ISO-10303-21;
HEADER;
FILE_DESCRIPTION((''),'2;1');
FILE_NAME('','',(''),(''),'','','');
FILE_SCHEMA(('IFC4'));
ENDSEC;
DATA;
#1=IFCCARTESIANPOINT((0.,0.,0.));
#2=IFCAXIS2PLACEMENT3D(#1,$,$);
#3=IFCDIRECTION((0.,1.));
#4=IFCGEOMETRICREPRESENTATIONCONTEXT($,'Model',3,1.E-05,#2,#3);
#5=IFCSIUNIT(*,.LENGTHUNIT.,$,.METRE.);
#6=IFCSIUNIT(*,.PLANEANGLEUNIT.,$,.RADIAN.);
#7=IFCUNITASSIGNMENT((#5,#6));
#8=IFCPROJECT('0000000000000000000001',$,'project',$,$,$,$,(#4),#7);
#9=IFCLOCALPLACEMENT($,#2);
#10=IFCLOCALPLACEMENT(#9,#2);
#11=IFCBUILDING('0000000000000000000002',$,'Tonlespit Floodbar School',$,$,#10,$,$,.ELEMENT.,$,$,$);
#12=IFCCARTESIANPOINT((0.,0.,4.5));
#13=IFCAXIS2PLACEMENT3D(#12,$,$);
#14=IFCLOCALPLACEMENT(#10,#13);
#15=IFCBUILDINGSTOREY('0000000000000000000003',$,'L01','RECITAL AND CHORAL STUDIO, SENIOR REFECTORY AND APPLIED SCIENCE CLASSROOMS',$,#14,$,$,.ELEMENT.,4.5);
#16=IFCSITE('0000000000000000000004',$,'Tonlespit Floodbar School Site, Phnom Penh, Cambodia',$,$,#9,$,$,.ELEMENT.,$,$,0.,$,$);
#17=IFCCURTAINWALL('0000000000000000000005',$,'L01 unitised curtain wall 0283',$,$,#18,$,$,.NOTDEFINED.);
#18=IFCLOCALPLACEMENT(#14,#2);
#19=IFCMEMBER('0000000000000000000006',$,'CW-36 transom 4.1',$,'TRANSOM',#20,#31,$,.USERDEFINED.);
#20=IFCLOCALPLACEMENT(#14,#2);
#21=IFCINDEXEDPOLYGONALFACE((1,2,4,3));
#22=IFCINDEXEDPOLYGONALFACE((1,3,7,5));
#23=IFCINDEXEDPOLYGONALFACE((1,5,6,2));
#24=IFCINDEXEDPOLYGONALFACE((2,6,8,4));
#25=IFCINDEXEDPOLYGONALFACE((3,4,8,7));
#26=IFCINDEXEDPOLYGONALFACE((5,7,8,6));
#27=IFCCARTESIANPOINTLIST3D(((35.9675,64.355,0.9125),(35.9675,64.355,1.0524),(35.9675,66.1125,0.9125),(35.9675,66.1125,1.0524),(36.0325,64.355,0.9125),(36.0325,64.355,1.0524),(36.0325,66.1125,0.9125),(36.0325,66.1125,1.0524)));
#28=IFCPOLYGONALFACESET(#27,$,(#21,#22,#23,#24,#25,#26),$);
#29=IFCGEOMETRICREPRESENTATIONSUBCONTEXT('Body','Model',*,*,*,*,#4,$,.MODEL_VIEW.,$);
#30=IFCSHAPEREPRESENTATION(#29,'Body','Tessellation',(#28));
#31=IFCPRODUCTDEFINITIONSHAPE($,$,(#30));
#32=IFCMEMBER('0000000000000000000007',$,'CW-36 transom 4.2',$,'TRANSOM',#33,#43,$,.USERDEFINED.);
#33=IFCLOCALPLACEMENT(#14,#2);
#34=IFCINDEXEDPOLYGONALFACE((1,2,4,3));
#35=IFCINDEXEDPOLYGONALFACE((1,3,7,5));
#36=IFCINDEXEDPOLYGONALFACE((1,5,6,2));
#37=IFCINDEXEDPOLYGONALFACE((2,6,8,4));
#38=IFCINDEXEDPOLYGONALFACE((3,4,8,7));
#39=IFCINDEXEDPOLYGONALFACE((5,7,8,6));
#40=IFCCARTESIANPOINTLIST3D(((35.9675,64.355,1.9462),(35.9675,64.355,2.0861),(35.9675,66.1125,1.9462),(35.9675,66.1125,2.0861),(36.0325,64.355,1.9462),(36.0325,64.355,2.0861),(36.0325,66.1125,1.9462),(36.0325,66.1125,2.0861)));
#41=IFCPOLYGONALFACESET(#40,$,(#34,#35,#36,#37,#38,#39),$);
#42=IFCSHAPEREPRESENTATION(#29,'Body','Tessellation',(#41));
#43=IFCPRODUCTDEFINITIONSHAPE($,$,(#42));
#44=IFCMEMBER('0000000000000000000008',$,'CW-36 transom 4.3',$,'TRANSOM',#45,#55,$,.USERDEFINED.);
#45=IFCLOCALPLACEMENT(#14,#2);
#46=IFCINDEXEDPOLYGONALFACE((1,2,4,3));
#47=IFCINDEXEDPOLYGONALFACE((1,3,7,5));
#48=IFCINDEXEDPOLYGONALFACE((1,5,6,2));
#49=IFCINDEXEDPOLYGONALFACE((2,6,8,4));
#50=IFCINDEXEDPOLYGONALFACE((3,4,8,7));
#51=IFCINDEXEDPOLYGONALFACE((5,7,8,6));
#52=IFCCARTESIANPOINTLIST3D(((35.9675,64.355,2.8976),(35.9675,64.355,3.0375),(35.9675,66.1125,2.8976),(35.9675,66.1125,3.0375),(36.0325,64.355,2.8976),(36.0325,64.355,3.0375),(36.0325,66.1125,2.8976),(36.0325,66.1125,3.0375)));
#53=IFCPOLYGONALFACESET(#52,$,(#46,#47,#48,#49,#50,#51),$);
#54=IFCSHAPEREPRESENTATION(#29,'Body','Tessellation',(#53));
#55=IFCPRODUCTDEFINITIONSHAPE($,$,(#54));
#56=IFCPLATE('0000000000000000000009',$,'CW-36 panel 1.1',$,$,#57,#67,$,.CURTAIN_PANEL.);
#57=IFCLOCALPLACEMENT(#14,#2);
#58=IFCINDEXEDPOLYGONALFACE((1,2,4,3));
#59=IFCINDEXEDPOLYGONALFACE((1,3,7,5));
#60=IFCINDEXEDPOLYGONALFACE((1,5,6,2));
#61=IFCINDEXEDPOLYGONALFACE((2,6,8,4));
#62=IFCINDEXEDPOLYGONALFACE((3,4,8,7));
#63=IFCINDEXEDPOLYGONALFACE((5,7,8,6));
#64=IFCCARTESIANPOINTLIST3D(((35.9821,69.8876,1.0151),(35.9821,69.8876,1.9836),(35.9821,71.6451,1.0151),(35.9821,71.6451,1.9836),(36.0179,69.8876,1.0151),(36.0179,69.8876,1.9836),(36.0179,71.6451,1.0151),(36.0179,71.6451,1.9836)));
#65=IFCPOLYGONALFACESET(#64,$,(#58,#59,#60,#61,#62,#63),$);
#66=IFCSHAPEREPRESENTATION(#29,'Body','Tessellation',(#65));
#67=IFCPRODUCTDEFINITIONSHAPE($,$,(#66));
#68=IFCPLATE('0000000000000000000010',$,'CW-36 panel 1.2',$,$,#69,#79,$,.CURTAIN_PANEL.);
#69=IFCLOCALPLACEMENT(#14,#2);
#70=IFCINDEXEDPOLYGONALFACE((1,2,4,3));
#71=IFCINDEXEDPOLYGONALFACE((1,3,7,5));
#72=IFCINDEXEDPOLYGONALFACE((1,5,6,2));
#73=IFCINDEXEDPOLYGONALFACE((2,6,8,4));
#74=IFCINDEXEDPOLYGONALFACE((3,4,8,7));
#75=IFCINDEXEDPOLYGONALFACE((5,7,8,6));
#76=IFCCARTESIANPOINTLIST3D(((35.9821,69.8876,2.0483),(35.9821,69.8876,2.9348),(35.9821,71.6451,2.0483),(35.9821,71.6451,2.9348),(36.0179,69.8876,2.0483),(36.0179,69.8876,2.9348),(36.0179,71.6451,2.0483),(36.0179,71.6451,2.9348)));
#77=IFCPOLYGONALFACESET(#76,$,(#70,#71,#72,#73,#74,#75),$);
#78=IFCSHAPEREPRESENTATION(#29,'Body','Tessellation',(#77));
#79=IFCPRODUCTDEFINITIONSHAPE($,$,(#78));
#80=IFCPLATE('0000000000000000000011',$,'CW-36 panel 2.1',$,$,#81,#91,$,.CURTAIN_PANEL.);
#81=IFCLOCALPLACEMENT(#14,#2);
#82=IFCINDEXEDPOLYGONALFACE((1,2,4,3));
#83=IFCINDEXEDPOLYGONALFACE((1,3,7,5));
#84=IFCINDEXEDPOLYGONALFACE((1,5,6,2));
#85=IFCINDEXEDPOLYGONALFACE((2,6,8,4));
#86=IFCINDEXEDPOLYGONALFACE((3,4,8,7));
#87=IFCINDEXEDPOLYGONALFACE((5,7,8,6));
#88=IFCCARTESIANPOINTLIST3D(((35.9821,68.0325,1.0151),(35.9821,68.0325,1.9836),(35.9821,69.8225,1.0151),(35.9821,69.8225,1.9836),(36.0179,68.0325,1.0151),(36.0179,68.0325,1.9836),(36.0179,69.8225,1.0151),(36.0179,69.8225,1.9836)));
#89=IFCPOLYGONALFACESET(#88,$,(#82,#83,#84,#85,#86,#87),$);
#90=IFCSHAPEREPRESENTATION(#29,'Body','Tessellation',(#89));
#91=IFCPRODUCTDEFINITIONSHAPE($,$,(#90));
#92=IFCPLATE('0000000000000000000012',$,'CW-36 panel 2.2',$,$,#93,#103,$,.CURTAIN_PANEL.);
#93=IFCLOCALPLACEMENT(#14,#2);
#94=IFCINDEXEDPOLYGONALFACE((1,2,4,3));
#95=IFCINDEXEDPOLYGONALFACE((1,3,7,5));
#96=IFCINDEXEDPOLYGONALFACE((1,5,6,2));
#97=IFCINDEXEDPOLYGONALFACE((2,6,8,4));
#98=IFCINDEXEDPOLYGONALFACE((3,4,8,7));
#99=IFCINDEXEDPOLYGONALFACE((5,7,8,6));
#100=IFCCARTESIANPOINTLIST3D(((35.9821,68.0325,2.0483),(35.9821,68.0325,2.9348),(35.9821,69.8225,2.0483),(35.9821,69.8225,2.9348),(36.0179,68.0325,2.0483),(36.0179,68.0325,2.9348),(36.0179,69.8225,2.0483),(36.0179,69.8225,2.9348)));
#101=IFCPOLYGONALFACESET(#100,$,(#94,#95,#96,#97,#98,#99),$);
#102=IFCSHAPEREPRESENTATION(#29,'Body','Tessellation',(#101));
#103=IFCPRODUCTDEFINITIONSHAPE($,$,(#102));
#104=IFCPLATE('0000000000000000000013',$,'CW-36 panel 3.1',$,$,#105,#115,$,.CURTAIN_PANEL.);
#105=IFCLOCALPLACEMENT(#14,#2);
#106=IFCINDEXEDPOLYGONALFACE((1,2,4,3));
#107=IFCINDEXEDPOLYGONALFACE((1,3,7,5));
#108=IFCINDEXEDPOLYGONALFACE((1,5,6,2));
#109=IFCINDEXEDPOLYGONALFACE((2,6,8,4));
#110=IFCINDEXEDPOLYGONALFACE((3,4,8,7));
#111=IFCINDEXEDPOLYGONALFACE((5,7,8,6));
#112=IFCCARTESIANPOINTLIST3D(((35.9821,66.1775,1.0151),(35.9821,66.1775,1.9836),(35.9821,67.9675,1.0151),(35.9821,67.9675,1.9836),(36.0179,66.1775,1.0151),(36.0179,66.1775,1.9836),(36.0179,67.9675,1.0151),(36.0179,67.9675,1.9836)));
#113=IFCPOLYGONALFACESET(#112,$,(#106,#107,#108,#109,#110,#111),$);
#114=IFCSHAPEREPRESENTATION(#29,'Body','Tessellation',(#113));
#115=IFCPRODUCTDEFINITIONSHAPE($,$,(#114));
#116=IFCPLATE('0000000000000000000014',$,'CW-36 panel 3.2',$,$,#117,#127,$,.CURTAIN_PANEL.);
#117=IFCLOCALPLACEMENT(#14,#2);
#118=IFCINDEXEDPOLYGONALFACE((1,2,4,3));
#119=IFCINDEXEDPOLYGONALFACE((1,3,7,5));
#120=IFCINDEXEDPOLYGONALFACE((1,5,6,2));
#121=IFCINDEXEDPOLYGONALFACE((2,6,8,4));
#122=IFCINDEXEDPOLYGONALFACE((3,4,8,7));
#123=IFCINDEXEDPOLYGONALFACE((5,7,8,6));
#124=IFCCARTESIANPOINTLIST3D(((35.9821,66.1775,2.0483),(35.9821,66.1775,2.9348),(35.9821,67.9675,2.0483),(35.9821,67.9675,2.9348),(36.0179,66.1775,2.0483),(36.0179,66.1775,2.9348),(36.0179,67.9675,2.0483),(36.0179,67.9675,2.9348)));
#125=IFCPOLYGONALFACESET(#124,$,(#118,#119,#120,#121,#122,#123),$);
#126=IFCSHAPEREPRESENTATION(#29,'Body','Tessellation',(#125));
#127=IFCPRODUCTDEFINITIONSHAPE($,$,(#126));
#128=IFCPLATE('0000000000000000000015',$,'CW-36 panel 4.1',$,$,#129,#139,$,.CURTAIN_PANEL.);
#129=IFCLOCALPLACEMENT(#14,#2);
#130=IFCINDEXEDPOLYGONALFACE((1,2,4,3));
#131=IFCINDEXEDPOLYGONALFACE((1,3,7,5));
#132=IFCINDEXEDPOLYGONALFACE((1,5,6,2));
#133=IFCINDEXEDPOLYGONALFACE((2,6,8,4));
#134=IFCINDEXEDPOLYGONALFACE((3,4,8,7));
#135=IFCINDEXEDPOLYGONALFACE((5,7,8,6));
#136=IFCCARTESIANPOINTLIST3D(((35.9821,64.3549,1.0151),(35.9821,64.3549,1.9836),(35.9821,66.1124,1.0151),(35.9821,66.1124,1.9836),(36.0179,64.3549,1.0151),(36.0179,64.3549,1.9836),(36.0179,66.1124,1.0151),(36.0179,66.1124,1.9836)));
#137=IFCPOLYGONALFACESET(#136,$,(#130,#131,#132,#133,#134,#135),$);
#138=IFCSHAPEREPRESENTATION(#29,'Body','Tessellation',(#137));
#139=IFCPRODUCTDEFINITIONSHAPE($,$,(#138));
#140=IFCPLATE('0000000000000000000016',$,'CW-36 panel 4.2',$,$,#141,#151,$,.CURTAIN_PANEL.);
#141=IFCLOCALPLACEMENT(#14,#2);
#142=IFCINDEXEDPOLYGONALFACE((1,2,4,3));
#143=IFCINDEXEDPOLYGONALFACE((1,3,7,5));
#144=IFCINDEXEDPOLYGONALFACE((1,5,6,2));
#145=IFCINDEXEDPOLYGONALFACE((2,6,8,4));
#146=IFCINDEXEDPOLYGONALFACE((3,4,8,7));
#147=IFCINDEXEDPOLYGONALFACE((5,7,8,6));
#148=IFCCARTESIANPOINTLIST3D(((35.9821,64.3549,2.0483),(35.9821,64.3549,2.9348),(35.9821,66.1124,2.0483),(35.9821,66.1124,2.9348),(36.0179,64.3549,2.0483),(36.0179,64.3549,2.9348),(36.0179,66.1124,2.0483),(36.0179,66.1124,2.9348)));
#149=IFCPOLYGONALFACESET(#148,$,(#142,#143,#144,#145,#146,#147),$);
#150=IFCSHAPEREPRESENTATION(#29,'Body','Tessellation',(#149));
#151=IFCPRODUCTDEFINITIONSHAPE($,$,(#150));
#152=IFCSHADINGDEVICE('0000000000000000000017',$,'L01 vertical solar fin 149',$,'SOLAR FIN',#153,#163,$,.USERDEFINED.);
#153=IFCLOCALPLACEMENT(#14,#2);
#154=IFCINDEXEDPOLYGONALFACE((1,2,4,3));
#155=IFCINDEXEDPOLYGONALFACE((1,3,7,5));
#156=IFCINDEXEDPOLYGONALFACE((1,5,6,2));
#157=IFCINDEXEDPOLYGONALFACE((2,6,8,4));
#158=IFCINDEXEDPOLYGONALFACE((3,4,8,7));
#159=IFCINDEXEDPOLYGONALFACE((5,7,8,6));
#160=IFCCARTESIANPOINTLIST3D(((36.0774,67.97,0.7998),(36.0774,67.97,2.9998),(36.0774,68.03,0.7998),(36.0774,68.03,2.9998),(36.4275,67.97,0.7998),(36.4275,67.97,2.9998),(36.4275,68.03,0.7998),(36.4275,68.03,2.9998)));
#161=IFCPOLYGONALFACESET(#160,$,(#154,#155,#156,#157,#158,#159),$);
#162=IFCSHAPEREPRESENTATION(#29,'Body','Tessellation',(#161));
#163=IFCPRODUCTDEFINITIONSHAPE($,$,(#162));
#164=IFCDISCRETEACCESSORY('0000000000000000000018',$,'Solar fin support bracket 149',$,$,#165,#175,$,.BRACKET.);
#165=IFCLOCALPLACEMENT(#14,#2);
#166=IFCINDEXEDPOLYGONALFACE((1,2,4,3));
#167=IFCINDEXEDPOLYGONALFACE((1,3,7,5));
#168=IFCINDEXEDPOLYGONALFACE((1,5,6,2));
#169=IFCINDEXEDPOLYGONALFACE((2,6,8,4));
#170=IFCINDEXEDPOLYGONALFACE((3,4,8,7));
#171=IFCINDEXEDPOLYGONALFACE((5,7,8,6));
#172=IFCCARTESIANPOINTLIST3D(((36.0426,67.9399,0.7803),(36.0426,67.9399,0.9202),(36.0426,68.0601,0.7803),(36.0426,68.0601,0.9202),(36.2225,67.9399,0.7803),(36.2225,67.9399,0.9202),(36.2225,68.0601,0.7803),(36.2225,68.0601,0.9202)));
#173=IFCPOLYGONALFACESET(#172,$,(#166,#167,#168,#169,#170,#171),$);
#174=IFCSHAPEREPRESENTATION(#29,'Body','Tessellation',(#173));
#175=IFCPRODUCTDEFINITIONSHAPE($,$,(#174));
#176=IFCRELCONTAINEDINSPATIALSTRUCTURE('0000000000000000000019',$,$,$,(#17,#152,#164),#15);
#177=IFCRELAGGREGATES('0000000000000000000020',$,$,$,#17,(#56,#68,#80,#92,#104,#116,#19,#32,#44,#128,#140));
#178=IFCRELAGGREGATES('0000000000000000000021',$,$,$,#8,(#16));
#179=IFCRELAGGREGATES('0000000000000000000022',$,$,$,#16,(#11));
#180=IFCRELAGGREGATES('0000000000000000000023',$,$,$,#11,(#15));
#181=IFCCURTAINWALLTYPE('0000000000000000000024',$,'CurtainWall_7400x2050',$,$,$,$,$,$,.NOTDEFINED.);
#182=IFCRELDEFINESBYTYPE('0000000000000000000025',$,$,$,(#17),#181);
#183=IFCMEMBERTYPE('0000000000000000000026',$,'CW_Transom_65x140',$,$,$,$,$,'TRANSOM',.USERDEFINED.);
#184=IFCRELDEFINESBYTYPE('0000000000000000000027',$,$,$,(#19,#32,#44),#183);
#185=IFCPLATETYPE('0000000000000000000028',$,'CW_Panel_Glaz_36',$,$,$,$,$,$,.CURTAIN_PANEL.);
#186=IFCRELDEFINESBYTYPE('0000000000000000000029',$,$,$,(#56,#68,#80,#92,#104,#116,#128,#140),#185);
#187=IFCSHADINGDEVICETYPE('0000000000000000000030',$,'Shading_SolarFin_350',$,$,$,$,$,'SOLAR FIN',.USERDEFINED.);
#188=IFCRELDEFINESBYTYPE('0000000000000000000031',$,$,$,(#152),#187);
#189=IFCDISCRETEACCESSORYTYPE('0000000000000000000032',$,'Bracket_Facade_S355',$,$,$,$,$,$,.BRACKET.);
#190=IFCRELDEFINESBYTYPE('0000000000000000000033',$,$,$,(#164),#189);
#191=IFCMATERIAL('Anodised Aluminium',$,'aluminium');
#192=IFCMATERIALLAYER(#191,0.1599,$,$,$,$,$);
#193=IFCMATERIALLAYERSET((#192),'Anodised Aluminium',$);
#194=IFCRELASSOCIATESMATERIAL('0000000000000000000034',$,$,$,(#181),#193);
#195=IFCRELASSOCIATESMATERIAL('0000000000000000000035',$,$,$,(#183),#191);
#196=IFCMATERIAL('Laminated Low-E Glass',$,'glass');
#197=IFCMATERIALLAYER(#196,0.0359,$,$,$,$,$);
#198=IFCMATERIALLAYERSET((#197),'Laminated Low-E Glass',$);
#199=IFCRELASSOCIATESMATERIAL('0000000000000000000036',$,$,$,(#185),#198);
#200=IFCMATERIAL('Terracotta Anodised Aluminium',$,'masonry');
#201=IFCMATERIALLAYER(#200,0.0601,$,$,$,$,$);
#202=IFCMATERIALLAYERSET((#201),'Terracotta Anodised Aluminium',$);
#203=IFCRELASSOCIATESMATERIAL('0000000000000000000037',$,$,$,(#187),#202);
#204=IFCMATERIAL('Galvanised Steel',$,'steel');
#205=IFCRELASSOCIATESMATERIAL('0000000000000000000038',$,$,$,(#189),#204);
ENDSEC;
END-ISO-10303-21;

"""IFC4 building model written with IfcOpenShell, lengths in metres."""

from ifc_helpers import new_model, si_unit, direction, frame, origin, origin_2d, place, context, subcontext, project, spatial, rectangle, extrude, material, layer, layer_set, material_profile, profile_set, type_object, element, aggregate, save


model = new_model("IFC4")

# Units and contexts
model_context = context("Model", 3, precision=1e-05, world=origin(), true_north=direction((0.0, 1.0)))
body_context = subcontext(model_context, "Body", "Model", "MODEL_VIEW")
ifc_project = project(units=[si_unit("LENGTHUNIT", "METRE"), si_unit("PLANEANGLEUNIT", "RADIAN")], contexts=[model_context])

# Site, building, storey
site_placement = place(None, origin())
site = spatial("IfcSite", under=ifc_project, at=site_placement, Name="Tonlespit Floodbar School Site, Phnom Penh, Cambodia", CompositionType="ELEMENT", RefElevation=0.0)
building_placement = place(site_placement, origin())
building = spatial("IfcBuilding", under=site, at=building_placement, Name="Tonlespit Floodbar School", CompositionType="ELEMENT")
storey_placement = place(building_placement, frame((0.0, 0.0, 4.5)))
storey = spatial("IfcBuildingStorey", under=building, at=storey_placement, Name="L01", Description="RECITAL AND CHORAL STUDIO, SENIOR REFECTORY AND APPLIED SCIENCE CLASSROOMS", CompositionType="ELEMENT", Elevation=4.5)

# Curtain wall, members, plates
ifc_material_1 = material(Name="Anodised Aluminium", Category="aluminium")
ifc_layer_1 = layer(ifc_material_1, 0.1599)
ifc_layer_set_1 = layer_set([ifc_layer_1], Name="Anodised Aluminium")
curtain_wall_type = type_object("IfcCurtainWallType", Name="CurtainWall_7400x2050", PredefinedType="NOTDEFINED", material=ifc_layer_set_1)
curtain_wall_placement = place(storey_placement, origin())
curtain_wall = element("IfcCurtainWall", 1, at=curtain_wall_placement, inside=storey, type_object=curtain_wall_type, Name="L01 unitised curtain wall 0283", PredefinedType="NOTDEFINED")
ifc_material_profile_1 = material_profile(ifc_material_1, rectangle(XDim=0.0649, YDim=0.1399, at=origin_2d()), Name="ALU T65x140")
ifc_profile_set_1 = profile_set([ifc_material_profile_1], Name="Anodised Aluminium")
member_type_1 = type_object("IfcMemberType", Name="CW_Transom_65x140", ElementType="TRANSOM", PredefinedType="USERDEFINED", material=ifc_profile_set_1)
member_1_placement = place(storey_placement, frame((36.0, 66.1125, 0.9824), z_axis=(0.0, -1.0, 0.0), x_axis=(1.0, 0.0, 0.0)))
member_1 = element("IfcMember", 2, at=member_1_placement, type_object=member_type_1, Name="CW-36 transom 4.1", ObjectType="TRANSOM", PredefinedType="USERDEFINED", context=body_context, shape_type="SweptSolid", body=[
    extrude(rectangle(XDim=0.0649, YDim=0.1399, at=origin_2d()), origin(), (0.0, 0.0, 1.0), 1.7576),
])
member_2_placement = place(storey_placement, frame((36.0, 66.1125, 2.0161), z_axis=(0.0, -1.0, 0.0), x_axis=(1.0, 0.0, 0.0)))
member_2 = element("IfcMember", 3, at=member_2_placement, type_object=member_type_1, Name="CW-36 transom 4.2", ObjectType="TRANSOM", PredefinedType="USERDEFINED", context=body_context, shape_type="SweptSolid", body=[
    extrude(rectangle(XDim=0.0649, YDim=0.1399, at=origin_2d()), origin(), (0.0, 0.0, 1.0), 1.7576),
])
member_3_placement = place(storey_placement, frame((36.0, 66.1125, 2.9675), z_axis=(0.0, -1.0, 0.0), x_axis=(1.0, 0.0, 0.0)))
member_3 = element("IfcMember", 4, at=member_3_placement, type_object=member_type_1, Name="CW-36 transom 4.3", ObjectType="TRANSOM", PredefinedType="USERDEFINED", context=body_context, shape_type="SweptSolid", body=[
    extrude(rectangle(XDim=0.0649, YDim=0.1399, at=origin_2d()), origin(), (0.0, 0.0, 1.0), 1.7576),
])
ifc_material_2 = material(Name="Laminated Low-E Glass", Category="glass")
ifc_layer_2 = layer(ifc_material_2, 0.0359)
ifc_layer_set_2 = layer_set([ifc_layer_2], Name="Laminated Low-E Glass")
plate_type = type_object("IfcPlateType", Name="CW_Panel_Glaz_36", PredefinedType="CURTAIN_PANEL", material=ifc_layer_set_2)
plate_1_placement = place(storey_placement, frame((36.0, 70.7664, 1.0151), z_axis=(0.0, 0.0, 1.0), x_axis=(0.0, -1.0, 0.0)))
plate_1 = element("IfcPlate", 5, at=plate_1_placement, type_object=plate_type, Name="CW-36 panel 1.1", PredefinedType="CURTAIN_PANEL", context=body_context, shape_type="SweptSolid", body=[
    extrude(rectangle(XDim=1.7576, YDim=0.0359, at=origin_2d()), origin(), (0.0, 0.0, 1.0), 0.9685),
])
plate_2_placement = place(storey_placement, frame((36.0, 70.7664, 2.0483), z_axis=(0.0, 0.0, 1.0), x_axis=(0.0, -1.0, 0.0)))
plate_2 = element("IfcPlate", 6, at=plate_2_placement, type_object=plate_type, Name="CW-36 panel 1.2", PredefinedType="CURTAIN_PANEL", context=body_context, shape_type="SweptSolid", body=[
    extrude(rectangle(XDim=1.7576, YDim=0.0359, at=origin_2d()), origin(), (0.0, 0.0, 1.0), 0.8865),
])
plate_3_placement = place(storey_placement, frame((36.0, 68.9275, 1.0151), z_axis=(0.0, 0.0, 1.0), x_axis=(0.0, -1.0, 0.0)))
plate_3 = element("IfcPlate", 7, at=plate_3_placement, type_object=plate_type, Name="CW-36 panel 2.1", PredefinedType="CURTAIN_PANEL", context=body_context, shape_type="SweptSolid", body=[
    extrude(rectangle(XDim=1.79, YDim=0.0359, at=origin_2d()), origin(), (0.0, 0.0, 1.0), 0.9685),
])
plate_4_placement = place(storey_placement, frame((36.0, 68.9275, 2.0483), z_axis=(0.0, 0.0, 1.0), x_axis=(0.0, -1.0, 0.0)))
plate_4 = element("IfcPlate", 8, at=plate_4_placement, type_object=plate_type, Name="CW-36 panel 2.2", PredefinedType="CURTAIN_PANEL", context=body_context, shape_type="SweptSolid", body=[
    extrude(rectangle(XDim=1.79, YDim=0.0359, at=origin_2d()), origin(), (0.0, 0.0, 1.0), 0.8865),
])
plate_5_placement = place(storey_placement, frame((36.0, 67.0725, 1.0151), z_axis=(0.0, 0.0, 1.0), x_axis=(0.0, -1.0, 0.0)))
plate_5 = element("IfcPlate", 9, at=plate_5_placement, type_object=plate_type, Name="CW-36 panel 3.1", PredefinedType="CURTAIN_PANEL", context=body_context, shape_type="SweptSolid", body=[
    extrude(rectangle(XDim=1.79, YDim=0.0359, at=origin_2d()), origin(), (0.0, 0.0, 1.0), 0.9685),
])
plate_6_placement = place(storey_placement, frame((36.0, 67.0725, 2.0483), z_axis=(0.0, 0.0, 1.0), x_axis=(0.0, -1.0, 0.0)))
plate_6 = element("IfcPlate", 10, at=plate_6_placement, type_object=plate_type, Name="CW-36 panel 3.2", PredefinedType="CURTAIN_PANEL", context=body_context, shape_type="SweptSolid", body=[
    extrude(rectangle(XDim=1.79, YDim=0.0359, at=origin_2d()), origin(), (0.0, 0.0, 1.0), 0.8865),
])
plate_7_placement = place(storey_placement, frame((36.0, 65.2336, 1.0151), z_axis=(0.0, 0.0, 1.0), x_axis=(0.0, -1.0, 0.0)))
plate_7 = element("IfcPlate", 11, at=plate_7_placement, type_object=plate_type, Name="CW-36 panel 4.1", PredefinedType="CURTAIN_PANEL", context=body_context, shape_type="SweptSolid", body=[
    extrude(rectangle(XDim=1.7576, YDim=0.0359, at=origin_2d()), origin(), (0.0, 0.0, 1.0), 0.9685),
])
plate_8_placement = place(storey_placement, frame((36.0, 65.2336, 2.0483), z_axis=(0.0, 0.0, 1.0), x_axis=(0.0, -1.0, 0.0)))
plate_8 = element("IfcPlate", 12, at=plate_8_placement, type_object=plate_type, Name="CW-36 panel 4.2", PredefinedType="CURTAIN_PANEL", context=body_context, shape_type="SweptSolid", body=[
    extrude(rectangle(XDim=1.7576, YDim=0.0359, at=origin_2d()), origin(), (0.0, 0.0, 1.0), 0.8865),
])
aggregate(curtain_wall, [plate_1, plate_2, plate_3, plate_4, plate_5, plate_6, member_1, member_2, member_3, plate_7, plate_8])

# Shading device
ifc_material_3 = material(Name="Terracotta Anodised Aluminium", Category="masonry")
ifc_layer_3 = layer(ifc_material_3, 0.0601)
ifc_layer_set_3 = layer_set([ifc_layer_3], Name="Terracotta Anodised Aluminium")
shading_device_type = type_object("IfcShadingDeviceType", Name="Shading_SolarFin_350", ElementType="SOLAR FIN", PredefinedType="USERDEFINED", material=ifc_layer_set_3)
shading_device_placement = place(storey_placement, frame((36.2524, 68.0, 0.7998), z_axis=(0.0, 0.0, 1.0), x_axis=(0.0, -1.0, 0.0)))
element("IfcShadingDevice", 13, at=shading_device_placement, inside=storey, type_object=shading_device_type, Name="L01 vertical solar fin 149", ObjectType="SOLAR FIN", PredefinedType="USERDEFINED", context=body_context, shape_type="SweptSolid", body=[
    extrude(rectangle(XDim=0.0601, YDim=0.3501, at=origin_2d()), origin(), (0.0, 0.0, 1.0), 2.2),
])

# Discrete accessory
ifc_material_4 = material(Name="Galvanised Steel", Category="steel")
discrete_accessory_type = type_object("IfcDiscreteAccessoryType", Name="Bracket_Facade_S355", PredefinedType="BRACKET", material=ifc_material_4)
discrete_accessory_placement = place(storey_placement, frame((36.1326, 68.0, 0.7803), z_axis=(0.0, 0.0, 1.0), x_axis=(0.0, -1.0, 0.0)))
element("IfcDiscreteAccessory", 14, at=discrete_accessory_placement, inside=storey, type_object=discrete_accessory_type, Name="Solar fin support bracket 149", PredefinedType="BRACKET", context=body_context, shape_type="SweptSolid", body=[
    extrude(rectangle(XDim=0.1201, YDim=0.1799, at=origin_2d()), origin(), (0.0, 0.0, 1.0), 0.1399),
])

save(model, "model.ifc")
